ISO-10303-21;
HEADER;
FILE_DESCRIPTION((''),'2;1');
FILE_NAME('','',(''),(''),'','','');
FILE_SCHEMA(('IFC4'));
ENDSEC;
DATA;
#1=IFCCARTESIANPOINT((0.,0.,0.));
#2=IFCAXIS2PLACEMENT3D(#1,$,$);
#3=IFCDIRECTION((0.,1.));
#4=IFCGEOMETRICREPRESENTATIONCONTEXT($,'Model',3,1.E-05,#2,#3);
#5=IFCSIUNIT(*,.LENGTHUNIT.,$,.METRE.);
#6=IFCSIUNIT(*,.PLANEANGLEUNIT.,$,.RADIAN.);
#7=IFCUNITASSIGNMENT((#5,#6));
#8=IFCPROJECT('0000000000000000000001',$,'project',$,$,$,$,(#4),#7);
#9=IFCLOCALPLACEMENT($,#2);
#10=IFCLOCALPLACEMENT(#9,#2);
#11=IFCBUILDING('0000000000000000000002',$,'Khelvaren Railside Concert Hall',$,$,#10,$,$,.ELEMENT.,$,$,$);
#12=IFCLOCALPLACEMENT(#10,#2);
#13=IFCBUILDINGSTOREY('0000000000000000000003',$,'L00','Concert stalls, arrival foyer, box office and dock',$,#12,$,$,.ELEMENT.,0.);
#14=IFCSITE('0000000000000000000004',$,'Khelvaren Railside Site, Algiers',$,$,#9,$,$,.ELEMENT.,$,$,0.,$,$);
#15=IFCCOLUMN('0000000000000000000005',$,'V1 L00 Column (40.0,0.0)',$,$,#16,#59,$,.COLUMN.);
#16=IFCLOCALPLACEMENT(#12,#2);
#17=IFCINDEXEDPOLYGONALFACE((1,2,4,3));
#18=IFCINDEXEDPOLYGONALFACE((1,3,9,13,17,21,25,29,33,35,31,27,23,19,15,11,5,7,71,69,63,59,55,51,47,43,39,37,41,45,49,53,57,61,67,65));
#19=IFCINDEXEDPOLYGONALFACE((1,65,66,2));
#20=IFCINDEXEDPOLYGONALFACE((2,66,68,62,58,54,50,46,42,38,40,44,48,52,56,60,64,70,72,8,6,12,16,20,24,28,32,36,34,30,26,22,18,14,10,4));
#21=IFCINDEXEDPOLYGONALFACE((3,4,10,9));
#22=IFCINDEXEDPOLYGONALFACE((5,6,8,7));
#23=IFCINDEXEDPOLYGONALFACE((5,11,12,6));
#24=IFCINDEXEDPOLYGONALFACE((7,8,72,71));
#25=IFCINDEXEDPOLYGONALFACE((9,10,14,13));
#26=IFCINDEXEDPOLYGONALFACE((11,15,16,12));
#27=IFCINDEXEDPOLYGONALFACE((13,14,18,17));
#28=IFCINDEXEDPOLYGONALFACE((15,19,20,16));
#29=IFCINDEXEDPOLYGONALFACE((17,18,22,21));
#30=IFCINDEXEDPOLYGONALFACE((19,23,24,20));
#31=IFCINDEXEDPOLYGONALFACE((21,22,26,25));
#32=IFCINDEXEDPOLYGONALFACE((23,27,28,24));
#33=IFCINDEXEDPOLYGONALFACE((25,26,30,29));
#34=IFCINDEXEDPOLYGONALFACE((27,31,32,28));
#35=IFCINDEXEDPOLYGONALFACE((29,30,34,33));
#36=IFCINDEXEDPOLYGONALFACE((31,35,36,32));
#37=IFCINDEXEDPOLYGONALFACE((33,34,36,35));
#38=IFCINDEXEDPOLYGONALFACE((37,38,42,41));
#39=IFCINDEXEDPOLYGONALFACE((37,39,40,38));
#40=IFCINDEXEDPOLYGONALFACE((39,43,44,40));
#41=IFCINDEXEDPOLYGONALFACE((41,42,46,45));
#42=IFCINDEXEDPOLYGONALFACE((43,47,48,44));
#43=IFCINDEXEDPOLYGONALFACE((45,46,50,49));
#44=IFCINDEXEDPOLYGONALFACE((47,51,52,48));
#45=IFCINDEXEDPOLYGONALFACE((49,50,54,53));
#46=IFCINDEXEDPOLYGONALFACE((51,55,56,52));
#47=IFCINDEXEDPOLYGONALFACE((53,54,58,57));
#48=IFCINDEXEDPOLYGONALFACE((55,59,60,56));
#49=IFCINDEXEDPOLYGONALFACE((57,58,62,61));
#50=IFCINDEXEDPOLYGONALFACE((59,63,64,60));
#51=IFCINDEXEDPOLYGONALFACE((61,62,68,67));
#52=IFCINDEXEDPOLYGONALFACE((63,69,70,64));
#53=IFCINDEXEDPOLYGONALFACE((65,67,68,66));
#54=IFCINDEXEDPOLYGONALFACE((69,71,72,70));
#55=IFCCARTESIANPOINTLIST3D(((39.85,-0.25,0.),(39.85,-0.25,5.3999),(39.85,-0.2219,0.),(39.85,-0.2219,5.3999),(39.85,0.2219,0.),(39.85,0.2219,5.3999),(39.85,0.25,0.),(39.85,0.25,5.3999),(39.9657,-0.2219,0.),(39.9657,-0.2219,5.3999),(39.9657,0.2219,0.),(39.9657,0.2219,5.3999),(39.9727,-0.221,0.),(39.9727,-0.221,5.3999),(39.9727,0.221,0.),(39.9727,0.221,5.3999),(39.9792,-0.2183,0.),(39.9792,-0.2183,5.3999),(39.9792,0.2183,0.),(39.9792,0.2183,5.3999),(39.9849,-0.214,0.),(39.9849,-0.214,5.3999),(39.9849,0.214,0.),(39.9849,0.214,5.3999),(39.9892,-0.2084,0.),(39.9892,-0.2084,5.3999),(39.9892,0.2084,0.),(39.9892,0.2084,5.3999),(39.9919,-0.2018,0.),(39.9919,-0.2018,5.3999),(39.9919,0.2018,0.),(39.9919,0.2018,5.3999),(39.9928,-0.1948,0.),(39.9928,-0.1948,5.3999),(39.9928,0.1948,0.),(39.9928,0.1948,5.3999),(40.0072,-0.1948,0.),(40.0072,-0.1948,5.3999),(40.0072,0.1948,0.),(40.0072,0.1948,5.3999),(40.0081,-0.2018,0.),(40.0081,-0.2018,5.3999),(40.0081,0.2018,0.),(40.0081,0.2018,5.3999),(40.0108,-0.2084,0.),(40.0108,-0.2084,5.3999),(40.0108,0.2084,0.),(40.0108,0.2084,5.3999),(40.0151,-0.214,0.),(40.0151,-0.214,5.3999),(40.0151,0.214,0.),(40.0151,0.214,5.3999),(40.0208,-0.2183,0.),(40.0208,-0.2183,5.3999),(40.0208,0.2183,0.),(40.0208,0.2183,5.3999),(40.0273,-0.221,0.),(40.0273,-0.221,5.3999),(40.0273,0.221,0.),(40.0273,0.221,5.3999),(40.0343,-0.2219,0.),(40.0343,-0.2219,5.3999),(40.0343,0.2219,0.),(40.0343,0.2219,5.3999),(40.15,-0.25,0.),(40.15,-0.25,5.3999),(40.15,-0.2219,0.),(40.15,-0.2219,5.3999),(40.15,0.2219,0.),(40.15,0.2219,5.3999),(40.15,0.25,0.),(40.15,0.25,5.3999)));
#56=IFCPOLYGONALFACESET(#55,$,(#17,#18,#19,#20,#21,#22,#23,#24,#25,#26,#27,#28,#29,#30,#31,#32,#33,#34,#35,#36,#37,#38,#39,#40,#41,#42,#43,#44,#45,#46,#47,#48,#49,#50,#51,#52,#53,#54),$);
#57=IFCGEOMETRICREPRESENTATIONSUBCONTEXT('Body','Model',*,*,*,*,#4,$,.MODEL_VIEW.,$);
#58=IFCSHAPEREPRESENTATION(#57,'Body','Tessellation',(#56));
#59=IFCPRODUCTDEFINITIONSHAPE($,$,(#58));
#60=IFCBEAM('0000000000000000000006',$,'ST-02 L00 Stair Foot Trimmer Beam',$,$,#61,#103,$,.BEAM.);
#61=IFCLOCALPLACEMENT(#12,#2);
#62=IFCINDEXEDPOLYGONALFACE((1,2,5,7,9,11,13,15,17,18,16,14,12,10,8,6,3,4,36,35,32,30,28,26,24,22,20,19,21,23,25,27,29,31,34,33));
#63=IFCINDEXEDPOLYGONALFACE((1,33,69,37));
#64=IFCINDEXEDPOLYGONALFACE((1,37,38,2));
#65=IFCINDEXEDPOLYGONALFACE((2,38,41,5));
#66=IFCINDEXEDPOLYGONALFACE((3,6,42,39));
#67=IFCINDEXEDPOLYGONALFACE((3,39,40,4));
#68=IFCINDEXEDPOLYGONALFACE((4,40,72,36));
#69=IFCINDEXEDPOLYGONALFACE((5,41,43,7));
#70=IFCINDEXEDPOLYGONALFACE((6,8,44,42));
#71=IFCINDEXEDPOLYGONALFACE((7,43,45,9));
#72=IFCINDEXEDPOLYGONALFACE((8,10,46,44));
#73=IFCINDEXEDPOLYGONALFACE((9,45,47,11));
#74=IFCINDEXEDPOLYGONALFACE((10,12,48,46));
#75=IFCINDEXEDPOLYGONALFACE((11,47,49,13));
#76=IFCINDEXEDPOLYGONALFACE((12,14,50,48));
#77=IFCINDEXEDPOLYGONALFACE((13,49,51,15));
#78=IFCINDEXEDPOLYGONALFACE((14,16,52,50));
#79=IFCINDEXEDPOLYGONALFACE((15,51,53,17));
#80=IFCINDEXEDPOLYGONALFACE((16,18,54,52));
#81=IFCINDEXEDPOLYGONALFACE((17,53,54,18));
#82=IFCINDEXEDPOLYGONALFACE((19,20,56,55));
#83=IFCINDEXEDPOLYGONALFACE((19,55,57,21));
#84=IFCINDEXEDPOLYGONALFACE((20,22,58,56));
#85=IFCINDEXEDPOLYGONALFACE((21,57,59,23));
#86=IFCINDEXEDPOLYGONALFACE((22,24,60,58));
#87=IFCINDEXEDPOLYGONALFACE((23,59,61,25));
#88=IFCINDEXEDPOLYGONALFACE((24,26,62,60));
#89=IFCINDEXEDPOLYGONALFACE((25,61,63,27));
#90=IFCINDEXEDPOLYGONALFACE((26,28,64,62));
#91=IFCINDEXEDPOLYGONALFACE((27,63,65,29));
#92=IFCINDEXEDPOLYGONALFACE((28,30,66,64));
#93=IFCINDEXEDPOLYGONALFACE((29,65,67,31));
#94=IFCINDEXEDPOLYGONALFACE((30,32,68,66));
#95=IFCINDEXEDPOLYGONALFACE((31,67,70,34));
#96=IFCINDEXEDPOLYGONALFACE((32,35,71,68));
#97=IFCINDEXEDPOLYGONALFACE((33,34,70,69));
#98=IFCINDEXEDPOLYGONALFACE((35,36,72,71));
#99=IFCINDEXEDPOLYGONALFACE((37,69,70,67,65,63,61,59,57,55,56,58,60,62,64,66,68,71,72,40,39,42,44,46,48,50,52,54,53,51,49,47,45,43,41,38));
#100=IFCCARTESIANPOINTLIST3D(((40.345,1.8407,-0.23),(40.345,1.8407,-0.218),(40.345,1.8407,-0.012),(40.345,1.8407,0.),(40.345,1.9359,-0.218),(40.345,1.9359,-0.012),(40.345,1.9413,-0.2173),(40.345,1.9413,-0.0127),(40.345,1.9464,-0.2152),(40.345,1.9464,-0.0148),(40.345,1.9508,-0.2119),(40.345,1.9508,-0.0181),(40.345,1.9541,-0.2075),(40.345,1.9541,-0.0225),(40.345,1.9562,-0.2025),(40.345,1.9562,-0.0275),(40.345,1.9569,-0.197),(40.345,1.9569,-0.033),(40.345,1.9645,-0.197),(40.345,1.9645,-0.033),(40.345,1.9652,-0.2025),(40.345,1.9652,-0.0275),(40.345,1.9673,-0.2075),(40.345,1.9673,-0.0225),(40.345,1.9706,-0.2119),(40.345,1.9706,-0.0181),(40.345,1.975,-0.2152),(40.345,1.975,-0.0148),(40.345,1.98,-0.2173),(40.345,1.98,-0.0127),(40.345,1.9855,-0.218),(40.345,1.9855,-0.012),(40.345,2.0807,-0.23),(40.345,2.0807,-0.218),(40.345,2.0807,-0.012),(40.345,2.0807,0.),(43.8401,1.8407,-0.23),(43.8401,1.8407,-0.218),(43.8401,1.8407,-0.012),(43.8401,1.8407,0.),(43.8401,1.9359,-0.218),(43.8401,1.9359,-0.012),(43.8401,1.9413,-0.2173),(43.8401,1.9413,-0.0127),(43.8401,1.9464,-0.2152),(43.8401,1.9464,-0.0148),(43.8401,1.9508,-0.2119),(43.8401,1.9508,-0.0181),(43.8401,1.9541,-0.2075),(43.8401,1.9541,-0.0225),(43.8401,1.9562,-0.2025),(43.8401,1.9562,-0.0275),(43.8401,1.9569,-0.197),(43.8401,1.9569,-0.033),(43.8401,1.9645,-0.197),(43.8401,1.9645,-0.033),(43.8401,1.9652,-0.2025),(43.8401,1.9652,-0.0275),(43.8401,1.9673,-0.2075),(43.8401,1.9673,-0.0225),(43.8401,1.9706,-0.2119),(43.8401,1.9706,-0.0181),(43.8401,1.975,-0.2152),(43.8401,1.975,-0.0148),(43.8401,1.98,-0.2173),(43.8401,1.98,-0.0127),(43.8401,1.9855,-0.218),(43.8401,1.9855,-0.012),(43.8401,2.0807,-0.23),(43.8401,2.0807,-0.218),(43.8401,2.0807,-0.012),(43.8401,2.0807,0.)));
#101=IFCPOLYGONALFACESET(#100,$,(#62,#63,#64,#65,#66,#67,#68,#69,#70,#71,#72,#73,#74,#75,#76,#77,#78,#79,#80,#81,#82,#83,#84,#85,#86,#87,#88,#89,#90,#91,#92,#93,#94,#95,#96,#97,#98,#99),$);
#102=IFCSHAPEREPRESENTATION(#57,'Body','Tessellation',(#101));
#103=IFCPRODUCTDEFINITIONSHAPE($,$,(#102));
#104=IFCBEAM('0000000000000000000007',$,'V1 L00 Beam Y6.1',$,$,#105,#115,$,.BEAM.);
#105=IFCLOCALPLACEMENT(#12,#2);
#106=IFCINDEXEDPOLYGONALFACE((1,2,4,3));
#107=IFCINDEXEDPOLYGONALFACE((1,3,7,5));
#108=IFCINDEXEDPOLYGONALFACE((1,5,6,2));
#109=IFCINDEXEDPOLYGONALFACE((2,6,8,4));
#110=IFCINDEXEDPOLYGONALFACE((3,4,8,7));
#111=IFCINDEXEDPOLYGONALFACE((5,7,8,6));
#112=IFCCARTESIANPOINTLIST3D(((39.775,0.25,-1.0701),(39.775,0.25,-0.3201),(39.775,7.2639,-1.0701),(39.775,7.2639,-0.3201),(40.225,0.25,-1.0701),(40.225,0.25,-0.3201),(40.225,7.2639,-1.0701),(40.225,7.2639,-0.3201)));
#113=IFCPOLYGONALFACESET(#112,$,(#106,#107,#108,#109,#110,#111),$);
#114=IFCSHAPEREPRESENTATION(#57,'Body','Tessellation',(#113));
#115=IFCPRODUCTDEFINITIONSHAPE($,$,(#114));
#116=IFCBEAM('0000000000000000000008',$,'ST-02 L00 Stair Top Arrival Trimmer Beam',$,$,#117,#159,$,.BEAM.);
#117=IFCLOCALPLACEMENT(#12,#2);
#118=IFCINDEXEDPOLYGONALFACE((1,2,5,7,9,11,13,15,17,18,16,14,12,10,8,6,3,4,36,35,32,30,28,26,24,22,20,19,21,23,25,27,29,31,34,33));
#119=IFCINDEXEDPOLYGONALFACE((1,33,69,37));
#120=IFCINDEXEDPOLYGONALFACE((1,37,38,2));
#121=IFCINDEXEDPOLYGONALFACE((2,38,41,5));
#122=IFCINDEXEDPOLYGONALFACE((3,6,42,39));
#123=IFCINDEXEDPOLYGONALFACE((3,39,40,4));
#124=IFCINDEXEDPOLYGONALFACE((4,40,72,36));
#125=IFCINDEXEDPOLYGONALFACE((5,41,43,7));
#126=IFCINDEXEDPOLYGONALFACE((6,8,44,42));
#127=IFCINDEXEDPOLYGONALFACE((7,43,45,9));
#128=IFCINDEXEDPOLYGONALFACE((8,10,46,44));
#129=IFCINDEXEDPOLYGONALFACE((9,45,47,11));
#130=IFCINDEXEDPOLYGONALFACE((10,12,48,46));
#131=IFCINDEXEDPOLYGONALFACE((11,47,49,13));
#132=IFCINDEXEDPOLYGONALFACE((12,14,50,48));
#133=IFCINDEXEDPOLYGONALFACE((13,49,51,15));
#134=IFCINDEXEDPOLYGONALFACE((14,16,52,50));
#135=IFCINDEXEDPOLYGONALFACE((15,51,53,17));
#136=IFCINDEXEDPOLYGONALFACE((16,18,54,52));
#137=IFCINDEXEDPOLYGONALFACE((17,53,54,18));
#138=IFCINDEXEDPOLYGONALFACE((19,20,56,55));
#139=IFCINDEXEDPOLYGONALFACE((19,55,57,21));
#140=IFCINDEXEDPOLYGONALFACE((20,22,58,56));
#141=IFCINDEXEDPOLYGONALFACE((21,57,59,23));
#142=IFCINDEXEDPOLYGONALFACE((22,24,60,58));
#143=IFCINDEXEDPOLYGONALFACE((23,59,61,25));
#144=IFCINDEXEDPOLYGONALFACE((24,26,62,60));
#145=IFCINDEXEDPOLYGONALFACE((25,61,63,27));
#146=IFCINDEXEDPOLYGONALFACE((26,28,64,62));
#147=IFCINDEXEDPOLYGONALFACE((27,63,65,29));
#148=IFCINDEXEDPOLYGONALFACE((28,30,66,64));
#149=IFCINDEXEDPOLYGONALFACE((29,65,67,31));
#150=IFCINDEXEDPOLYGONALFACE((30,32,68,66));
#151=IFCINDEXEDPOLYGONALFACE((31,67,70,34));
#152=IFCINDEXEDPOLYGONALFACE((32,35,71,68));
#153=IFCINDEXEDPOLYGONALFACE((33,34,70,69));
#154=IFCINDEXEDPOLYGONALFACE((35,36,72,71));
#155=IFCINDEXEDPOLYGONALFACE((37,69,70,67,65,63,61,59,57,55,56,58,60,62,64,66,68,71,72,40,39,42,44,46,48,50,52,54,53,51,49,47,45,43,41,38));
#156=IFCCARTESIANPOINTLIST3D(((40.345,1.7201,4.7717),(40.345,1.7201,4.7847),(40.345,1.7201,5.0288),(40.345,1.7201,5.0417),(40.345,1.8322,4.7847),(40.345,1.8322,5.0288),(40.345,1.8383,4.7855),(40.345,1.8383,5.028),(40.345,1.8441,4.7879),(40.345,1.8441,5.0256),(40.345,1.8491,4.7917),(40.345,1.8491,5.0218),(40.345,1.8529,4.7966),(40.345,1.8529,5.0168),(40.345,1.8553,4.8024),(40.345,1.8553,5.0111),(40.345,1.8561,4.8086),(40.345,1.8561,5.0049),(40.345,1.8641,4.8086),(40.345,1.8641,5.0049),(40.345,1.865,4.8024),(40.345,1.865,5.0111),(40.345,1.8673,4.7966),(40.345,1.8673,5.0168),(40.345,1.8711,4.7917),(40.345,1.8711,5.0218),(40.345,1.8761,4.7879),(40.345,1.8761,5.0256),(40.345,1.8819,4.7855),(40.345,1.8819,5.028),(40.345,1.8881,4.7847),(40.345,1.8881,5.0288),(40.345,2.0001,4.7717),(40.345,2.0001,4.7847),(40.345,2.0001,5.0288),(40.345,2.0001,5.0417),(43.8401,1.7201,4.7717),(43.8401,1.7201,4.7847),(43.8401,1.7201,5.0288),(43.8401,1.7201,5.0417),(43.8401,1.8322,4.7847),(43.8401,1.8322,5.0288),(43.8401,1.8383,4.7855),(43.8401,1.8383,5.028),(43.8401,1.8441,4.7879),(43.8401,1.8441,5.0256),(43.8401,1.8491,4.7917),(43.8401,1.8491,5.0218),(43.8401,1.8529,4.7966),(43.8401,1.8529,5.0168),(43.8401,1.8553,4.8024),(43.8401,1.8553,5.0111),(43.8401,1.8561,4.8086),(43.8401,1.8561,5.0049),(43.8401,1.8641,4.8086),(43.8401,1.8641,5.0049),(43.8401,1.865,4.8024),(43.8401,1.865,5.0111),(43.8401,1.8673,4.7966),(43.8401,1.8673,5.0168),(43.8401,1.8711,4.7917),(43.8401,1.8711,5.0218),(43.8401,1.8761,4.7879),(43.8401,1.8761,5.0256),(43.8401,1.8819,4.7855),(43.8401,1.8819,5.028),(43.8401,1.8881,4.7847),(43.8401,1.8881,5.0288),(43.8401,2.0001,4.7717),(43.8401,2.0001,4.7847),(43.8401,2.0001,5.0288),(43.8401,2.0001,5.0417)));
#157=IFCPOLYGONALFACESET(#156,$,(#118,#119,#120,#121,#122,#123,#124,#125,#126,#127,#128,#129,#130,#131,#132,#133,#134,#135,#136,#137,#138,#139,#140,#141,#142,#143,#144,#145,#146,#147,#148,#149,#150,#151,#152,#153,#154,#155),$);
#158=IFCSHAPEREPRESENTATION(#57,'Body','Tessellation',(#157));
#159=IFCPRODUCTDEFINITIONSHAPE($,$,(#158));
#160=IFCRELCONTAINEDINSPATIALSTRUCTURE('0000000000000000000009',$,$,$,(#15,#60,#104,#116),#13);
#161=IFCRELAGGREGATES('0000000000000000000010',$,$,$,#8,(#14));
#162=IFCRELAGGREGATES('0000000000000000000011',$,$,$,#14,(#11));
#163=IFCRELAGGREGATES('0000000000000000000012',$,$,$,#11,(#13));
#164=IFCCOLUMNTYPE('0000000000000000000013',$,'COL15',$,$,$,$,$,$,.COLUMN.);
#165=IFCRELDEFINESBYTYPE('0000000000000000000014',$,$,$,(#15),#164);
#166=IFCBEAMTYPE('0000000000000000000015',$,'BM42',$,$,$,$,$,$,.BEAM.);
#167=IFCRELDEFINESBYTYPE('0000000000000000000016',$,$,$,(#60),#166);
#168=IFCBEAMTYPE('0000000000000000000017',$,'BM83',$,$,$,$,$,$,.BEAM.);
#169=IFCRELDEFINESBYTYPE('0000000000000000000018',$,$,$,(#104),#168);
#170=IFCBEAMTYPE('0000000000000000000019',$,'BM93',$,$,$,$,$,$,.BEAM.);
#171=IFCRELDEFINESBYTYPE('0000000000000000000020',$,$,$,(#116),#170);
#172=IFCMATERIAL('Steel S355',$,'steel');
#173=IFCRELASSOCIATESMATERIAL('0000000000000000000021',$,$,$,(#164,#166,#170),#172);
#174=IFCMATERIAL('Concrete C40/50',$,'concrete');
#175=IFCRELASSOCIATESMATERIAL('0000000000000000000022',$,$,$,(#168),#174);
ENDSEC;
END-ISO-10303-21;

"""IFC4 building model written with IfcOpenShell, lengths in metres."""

from ifc_helpers import new_model, si_unit, direction, frame, origin, origin_2d, place, context, subcontext, project, spatial, rectangle, i_section, extrude, material, material_profile, profile_set, type_object, element, save


model = new_model("IFC4")

# Units and contexts
model_context = context("Model", 3, precision=1e-05, world=origin(), true_north=direction((0.0, 1.0)))
body_context = subcontext(model_context, "Body", "Model", "MODEL_VIEW")
ifc_project = project(units=[si_unit("LENGTHUNIT", "METRE"), si_unit("PLANEANGLEUNIT", "RADIAN")], contexts=[model_context])

# Site, building, storey
site_placement = place(None, origin())
site = spatial("IfcSite", under=ifc_project, at=site_placement, Name="Khelvaren Railside Site, Algiers", CompositionType="ELEMENT", RefElevation=0.0)
building_placement = place(site_placement, origin())
building = spatial("IfcBuilding", under=site, at=building_placement, Name="Khelvaren Railside Concert Hall", CompositionType="ELEMENT")
storey_placement = place(building_placement, origin())
storey = spatial("IfcBuildingStorey", under=building, at=storey_placement, Name="L00", Description="Concert stalls, arrival foyer, box office and dock", CompositionType="ELEMENT", Elevation=0.0)

# Column
ifc_material_1 = material(Name="Steel S355", Category="steel")
ifc_material_profile_1 = material_profile(ifc_material_1, i_section(OverallWidth=0.3, OverallDepth=0.5, WebThickness=0.0144, FlangeThickness=0.0281, FilletRadius=0.0271, at=origin_2d()), Name="HEB 500")
ifc_profile_set_1 = profile_set([ifc_material_profile_1], Name="Steel S355")
column_type = type_object("IfcColumnType", Name="COL15", PredefinedType="COLUMN", material=ifc_profile_set_1)
column_placement = place(storey_placement, frame((40.0, 0.0, 0.0), z_axis=(0.0, 0.0, 1.0), x_axis=(1.0, 0.0, 0.0)))
element("IfcColumn", 1, at=column_placement, inside=storey, type_object=column_type, Name="V1 L00 Column (40.0,0.0)", PredefinedType="COLUMN", context=body_context, shape_type="SweptSolid", body=[
    extrude(i_section(OverallWidth=0.3, OverallDepth=0.5, WebThickness=0.0144, FlangeThickness=0.0281, FilletRadius=0.0271, at=origin_2d()), origin(), (0.0, 0.0, 1.0), 5.3999),
])

# Beams
ifc_material_profile_2 = material_profile(ifc_material_1, i_section(OverallWidth=0.24, OverallDepth=0.23, WebThickness=0.0076, FlangeThickness=0.012, FilletRadius=0.021, at=origin_2d()), Name="HEA 240")
ifc_profile_set_2 = profile_set([ifc_material_profile_2], Name="Steel S355")
beam_type_1 = type_object("IfcBeamType", Name="BM42", PredefinedType="BEAM", material=ifc_profile_set_2)
beam_1_placement = place(storey_placement, frame((40.345, 1.9607, -0.115), z_axis=(1.0, 0.0, 0.0), x_axis=(0.0, 1.0, 0.0)))
element("IfcBeam", 2, at=beam_1_placement, inside=storey, type_object=beam_type_1, Name="ST-02 L00 Stair Foot Trimmer Beam", PredefinedType="BEAM", context=body_context, shape_type="SweptSolid", body=[
    extrude(i_section(OverallWidth=0.24, OverallDepth=0.23, WebThickness=0.0076, FlangeThickness=0.012, FilletRadius=0.021, at=origin_2d()), origin(), (0.0, 0.0, 1.0), 3.4951),
])
ifc_material_2 = material(Name="Concrete C40/50", Category="concrete")
ifc_material_profile_3 = material_profile(ifc_material_2, rectangle(XDim=0.45, YDim=0.75, at=origin_2d()), Name="RCB 450x750")
ifc_profile_set_3 = profile_set([ifc_material_profile_3], Name="Concrete C40/50")
beam_type_2 = type_object("IfcBeamType", Name="BM83", PredefinedType="BEAM", material=ifc_profile_set_3)
beam_2_placement = place(storey_placement, frame((40.0, 0.25, -0.6951), z_axis=(0.0, 1.0, 0.0), x_axis=(-1.0, 0.0, 0.0)))
element("IfcBeam", 3, at=beam_2_placement, inside=storey, type_object=beam_type_2, Name="V1 L00 Beam Y6.1", PredefinedType="BEAM", context=body_context, shape_type="SweptSolid", body=[
    extrude(rectangle(XDim=0.45, YDim=0.75, at=origin_2d()), origin(), (0.0, 0.0, 1.0), 7.0139),
])
ifc_material_profile_4 = material_profile(ifc_material_1, i_section(OverallWidth=0.28, OverallDepth=0.27, WebThickness=0.0081, FlangeThickness=0.0129, FilletRadius=0.0239, at=origin_2d()), Name="HEA 280")
ifc_profile_set_4 = profile_set([ifc_material_profile_4], Name="Steel S355")
beam_type_3 = type_object("IfcBeamType", Name="BM93", PredefinedType="BEAM", material=ifc_profile_set_4)
beam_3_placement = place(storey_placement, frame((40.345, 1.8601, 4.9067), z_axis=(1.0, 0.0, 0.0), x_axis=(0.0, 1.0, 0.0)))
element("IfcBeam", 4, at=beam_3_placement, inside=storey, type_object=beam_type_3, Name="ST-02 L00 Stair Top Arrival Trimmer Beam", PredefinedType="BEAM", context=body_context, shape_type="SweptSolid", body=[
    extrude(i_section(OverallWidth=0.28, OverallDepth=0.27, WebThickness=0.0081, FlangeThickness=0.0129, FilletRadius=0.0239, at=origin_2d()), origin(), (0.0, 0.0, 1.0), 3.4951),
])

save(model, "model.ifc")
